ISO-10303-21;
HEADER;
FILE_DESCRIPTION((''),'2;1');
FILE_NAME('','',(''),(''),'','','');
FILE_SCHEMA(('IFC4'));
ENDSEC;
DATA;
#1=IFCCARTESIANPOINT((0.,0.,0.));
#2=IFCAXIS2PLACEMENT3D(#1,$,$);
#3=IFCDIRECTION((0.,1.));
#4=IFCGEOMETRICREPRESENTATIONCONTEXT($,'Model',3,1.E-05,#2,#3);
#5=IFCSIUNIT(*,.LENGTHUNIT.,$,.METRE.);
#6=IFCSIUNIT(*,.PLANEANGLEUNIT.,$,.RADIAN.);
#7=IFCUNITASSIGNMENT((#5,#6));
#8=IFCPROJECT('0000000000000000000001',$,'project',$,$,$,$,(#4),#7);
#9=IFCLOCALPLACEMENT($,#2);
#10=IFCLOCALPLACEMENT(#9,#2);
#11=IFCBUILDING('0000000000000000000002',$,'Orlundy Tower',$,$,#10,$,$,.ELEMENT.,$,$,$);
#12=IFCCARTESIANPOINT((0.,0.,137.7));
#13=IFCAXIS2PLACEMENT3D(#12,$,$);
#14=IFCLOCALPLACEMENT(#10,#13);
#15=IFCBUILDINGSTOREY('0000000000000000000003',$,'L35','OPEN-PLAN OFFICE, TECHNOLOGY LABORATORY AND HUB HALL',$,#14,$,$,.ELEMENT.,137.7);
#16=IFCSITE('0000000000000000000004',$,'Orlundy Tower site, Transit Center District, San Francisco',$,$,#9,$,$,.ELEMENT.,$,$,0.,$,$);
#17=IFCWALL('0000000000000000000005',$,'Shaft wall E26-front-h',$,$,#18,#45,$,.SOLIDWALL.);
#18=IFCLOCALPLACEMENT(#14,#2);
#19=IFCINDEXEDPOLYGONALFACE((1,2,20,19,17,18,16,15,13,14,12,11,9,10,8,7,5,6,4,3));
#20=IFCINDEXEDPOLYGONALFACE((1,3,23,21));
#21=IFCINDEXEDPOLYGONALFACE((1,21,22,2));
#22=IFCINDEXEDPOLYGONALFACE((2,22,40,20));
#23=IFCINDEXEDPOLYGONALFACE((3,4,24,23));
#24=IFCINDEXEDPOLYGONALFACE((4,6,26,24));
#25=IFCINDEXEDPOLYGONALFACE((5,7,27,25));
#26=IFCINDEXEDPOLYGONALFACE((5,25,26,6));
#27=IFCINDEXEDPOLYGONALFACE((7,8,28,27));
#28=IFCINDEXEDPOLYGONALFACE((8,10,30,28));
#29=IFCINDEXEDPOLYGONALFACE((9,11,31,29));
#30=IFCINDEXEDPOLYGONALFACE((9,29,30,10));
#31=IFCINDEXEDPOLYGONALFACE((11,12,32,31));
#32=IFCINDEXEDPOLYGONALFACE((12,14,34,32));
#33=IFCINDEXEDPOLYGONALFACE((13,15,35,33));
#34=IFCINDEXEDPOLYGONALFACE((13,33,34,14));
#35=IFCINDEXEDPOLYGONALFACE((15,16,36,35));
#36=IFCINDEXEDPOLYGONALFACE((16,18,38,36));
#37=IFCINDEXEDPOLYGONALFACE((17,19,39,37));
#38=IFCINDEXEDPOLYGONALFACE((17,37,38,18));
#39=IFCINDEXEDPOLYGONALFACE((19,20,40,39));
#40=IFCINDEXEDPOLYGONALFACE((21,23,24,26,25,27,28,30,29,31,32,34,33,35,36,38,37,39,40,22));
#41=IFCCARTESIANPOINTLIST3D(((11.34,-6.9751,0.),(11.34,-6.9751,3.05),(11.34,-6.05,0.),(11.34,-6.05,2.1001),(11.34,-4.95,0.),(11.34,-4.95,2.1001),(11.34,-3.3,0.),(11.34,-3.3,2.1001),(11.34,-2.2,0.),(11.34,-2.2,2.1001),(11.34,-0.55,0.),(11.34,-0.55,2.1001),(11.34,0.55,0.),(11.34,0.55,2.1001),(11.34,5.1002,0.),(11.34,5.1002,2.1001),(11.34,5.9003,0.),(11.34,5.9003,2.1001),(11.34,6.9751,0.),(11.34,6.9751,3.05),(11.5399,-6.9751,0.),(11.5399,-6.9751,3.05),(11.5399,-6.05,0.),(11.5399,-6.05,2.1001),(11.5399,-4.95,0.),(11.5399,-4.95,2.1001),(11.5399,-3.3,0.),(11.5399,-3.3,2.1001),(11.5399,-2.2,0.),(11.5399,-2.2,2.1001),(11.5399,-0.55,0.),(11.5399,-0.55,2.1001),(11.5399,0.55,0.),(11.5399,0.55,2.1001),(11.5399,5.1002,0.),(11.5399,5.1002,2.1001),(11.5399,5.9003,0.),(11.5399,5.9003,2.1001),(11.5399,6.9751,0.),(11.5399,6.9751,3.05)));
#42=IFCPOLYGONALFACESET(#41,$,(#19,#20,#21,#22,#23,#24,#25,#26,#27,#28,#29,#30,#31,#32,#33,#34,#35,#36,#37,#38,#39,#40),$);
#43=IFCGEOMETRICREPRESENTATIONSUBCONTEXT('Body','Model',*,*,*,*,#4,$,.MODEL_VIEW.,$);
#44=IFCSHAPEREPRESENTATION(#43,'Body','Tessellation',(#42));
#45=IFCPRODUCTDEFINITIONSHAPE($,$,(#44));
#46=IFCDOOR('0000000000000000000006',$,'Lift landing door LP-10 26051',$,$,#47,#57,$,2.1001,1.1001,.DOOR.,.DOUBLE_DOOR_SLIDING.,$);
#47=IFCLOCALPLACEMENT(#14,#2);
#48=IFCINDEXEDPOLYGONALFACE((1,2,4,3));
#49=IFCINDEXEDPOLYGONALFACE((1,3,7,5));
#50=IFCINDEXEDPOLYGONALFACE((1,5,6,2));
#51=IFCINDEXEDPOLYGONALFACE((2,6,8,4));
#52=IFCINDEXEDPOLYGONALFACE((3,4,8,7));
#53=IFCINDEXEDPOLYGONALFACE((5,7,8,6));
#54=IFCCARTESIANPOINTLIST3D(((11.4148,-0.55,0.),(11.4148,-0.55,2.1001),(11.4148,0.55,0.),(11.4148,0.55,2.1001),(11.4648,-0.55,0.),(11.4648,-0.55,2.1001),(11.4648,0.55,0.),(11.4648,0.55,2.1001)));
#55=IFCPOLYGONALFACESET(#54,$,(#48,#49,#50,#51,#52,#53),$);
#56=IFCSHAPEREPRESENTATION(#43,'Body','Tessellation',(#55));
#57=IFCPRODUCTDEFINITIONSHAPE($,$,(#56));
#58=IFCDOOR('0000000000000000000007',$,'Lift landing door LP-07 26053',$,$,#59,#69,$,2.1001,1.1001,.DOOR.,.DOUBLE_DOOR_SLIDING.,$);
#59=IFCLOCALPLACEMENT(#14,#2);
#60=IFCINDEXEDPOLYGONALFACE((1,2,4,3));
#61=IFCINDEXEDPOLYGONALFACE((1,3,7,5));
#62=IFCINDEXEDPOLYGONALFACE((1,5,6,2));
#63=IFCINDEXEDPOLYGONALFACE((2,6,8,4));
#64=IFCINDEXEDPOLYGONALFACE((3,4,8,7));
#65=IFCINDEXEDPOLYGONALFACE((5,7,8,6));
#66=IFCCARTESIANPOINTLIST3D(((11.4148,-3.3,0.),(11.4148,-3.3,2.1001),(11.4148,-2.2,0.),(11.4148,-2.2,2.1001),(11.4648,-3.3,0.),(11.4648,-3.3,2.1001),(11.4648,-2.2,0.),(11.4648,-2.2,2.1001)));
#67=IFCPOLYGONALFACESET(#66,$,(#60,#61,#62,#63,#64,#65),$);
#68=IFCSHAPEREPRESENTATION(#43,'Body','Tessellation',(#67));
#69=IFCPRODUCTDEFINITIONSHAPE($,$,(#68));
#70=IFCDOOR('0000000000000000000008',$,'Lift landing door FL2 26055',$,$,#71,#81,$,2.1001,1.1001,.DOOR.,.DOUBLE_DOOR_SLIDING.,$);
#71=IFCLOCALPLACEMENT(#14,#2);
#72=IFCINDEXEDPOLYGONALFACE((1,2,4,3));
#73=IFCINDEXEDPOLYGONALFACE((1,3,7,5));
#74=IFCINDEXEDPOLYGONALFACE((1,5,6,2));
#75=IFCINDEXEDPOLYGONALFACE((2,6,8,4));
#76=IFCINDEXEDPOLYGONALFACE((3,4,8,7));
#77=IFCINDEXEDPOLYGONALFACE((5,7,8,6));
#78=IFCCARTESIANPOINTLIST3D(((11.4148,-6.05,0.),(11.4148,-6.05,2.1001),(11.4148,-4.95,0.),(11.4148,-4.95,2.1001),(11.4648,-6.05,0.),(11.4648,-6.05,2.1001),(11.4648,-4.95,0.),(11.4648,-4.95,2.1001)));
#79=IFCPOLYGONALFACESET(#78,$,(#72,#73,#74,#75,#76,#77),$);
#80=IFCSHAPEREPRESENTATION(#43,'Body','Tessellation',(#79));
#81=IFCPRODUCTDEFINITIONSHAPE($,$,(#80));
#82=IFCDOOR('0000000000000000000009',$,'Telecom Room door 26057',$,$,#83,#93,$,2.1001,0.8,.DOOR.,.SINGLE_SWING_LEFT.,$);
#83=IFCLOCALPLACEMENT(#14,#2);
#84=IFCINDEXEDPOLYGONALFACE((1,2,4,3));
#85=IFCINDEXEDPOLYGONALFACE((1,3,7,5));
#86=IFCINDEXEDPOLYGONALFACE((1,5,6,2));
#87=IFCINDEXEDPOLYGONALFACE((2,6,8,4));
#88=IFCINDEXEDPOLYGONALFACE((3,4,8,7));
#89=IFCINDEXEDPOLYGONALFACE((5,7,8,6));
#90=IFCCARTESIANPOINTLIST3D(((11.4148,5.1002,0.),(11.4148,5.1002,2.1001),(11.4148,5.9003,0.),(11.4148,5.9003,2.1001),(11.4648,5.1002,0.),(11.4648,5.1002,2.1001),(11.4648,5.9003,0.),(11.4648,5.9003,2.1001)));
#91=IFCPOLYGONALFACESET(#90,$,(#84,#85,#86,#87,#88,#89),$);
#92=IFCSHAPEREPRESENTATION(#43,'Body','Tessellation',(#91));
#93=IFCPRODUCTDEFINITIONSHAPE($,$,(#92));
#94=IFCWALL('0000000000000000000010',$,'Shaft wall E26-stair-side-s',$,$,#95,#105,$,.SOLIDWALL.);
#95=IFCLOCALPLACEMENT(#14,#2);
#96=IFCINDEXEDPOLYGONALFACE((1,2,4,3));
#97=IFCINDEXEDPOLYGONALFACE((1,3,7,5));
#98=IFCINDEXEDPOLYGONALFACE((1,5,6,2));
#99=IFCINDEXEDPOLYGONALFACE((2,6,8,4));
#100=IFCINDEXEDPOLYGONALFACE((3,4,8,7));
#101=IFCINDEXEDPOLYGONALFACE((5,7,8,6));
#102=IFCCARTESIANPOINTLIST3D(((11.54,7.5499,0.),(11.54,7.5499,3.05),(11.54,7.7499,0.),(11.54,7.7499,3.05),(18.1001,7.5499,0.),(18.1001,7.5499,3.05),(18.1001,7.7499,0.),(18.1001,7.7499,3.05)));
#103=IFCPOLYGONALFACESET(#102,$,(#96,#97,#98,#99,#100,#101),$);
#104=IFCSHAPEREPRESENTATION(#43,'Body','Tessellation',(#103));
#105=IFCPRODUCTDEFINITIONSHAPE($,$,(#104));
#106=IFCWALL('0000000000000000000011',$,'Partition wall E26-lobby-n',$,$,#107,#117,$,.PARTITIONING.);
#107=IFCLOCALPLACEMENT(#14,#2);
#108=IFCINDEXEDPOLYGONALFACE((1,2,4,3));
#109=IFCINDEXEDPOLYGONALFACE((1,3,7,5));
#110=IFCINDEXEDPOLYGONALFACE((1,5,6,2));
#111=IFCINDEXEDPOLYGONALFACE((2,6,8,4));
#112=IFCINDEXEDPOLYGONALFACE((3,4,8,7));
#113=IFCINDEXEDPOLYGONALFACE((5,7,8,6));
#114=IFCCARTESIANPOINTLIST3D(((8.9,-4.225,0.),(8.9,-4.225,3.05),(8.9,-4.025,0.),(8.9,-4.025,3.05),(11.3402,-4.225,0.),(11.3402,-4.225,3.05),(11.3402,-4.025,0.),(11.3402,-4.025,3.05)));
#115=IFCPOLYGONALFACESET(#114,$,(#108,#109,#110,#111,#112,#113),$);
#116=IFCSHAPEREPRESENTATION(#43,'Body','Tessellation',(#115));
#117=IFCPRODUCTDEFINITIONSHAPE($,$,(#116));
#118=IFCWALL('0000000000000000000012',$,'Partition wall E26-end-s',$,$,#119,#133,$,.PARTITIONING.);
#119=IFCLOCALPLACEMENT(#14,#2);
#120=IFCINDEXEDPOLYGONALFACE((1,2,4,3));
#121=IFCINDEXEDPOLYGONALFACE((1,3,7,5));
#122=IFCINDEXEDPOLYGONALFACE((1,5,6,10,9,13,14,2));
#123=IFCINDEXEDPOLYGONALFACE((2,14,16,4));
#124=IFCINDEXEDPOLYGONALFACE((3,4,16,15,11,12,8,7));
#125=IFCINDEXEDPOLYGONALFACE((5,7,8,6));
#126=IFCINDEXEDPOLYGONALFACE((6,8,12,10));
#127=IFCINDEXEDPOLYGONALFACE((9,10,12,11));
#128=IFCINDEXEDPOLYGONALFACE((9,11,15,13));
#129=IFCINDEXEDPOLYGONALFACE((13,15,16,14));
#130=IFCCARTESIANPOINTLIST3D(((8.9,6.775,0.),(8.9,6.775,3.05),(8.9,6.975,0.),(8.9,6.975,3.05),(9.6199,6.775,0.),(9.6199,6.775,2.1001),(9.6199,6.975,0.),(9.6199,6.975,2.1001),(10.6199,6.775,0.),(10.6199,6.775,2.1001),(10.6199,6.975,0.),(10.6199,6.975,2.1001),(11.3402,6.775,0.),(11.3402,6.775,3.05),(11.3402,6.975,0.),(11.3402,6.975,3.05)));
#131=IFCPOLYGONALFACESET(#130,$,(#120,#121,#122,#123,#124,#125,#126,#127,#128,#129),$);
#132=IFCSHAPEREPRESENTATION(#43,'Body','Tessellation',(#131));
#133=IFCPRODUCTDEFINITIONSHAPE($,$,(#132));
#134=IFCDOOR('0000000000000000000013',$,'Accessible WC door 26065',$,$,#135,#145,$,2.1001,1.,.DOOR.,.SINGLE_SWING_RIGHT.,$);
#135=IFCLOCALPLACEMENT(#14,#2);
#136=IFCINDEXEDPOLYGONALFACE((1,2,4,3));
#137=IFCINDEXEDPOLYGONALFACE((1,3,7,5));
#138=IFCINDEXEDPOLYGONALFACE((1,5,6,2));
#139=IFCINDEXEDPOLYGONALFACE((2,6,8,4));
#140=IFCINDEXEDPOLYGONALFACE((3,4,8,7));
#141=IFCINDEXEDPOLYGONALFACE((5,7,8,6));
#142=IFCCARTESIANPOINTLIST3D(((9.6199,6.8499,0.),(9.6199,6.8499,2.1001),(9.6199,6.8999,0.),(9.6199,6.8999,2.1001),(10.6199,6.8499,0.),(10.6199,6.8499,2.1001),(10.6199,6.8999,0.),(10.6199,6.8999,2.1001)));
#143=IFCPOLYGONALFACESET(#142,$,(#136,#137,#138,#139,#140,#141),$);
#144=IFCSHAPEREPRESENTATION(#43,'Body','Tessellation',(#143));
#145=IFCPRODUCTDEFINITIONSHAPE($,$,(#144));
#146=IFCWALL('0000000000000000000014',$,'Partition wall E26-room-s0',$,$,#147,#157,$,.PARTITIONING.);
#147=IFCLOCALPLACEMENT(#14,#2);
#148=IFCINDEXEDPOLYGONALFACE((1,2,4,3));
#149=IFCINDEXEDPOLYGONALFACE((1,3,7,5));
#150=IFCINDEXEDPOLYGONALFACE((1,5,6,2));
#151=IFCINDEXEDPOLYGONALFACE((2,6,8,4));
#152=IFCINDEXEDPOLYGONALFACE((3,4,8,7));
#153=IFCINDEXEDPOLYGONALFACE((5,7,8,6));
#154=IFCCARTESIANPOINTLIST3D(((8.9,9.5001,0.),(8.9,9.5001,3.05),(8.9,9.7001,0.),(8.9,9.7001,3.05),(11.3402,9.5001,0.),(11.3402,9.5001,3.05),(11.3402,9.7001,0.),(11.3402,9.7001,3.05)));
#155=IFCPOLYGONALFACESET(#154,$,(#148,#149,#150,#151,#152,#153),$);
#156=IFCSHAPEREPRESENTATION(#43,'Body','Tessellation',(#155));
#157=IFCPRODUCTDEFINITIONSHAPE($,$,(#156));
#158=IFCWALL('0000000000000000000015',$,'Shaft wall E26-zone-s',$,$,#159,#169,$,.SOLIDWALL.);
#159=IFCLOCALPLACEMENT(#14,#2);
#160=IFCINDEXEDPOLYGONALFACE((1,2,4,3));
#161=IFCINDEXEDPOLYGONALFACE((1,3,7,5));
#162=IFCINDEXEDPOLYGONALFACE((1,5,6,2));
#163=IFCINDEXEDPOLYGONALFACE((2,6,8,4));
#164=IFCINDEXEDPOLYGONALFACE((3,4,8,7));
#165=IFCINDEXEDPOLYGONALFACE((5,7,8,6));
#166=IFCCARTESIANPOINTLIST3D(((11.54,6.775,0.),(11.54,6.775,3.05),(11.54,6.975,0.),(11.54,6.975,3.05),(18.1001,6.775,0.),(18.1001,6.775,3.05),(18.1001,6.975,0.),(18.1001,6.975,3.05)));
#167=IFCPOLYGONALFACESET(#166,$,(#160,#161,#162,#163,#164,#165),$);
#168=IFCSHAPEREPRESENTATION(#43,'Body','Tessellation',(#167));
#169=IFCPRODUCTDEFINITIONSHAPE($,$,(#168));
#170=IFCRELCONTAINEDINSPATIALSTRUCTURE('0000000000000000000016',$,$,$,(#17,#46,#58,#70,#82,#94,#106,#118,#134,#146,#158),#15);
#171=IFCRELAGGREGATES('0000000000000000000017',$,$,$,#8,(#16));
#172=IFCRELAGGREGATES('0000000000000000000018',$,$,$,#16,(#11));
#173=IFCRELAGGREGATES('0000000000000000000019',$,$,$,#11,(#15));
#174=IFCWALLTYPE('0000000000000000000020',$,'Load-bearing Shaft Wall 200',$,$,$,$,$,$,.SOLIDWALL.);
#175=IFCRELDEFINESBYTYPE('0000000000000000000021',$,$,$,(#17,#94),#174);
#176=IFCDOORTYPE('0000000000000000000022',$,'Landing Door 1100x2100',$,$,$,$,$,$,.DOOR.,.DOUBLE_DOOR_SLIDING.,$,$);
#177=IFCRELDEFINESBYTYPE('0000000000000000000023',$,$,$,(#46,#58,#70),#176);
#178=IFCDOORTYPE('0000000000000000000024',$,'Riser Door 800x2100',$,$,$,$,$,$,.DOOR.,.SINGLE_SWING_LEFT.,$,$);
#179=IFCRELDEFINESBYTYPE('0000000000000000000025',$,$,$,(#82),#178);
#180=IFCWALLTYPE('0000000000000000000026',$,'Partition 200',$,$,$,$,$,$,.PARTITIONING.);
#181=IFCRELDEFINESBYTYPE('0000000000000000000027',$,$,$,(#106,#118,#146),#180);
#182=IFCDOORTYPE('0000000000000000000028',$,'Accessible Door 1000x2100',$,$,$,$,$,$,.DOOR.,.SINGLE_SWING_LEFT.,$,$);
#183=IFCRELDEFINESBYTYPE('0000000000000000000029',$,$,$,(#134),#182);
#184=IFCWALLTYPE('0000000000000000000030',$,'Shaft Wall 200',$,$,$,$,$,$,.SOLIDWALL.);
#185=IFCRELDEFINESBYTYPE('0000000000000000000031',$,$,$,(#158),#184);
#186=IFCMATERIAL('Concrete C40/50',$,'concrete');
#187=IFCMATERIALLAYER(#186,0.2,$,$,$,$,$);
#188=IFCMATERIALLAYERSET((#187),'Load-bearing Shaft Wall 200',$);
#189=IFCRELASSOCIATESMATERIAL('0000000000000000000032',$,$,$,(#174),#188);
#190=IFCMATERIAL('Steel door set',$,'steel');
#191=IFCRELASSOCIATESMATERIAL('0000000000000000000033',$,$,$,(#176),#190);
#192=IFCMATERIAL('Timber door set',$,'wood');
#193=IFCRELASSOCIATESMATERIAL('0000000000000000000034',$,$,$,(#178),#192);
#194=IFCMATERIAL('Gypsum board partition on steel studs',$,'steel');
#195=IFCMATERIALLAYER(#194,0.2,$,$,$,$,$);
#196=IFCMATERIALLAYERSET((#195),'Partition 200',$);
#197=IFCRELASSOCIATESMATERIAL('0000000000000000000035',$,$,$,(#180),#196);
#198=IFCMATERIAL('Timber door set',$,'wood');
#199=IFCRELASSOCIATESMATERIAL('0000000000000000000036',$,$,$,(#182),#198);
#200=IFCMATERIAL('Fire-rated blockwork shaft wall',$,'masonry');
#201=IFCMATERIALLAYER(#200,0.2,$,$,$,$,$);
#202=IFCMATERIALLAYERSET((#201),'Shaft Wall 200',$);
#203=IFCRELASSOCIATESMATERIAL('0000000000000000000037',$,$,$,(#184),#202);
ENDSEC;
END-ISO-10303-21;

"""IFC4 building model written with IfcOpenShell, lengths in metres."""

from ifc_helpers import new_model, si_unit, direction, frame, frame_2d, origin, place, context, subcontext, project, spatial, rectangle, extrude, material, layer, layer_set, type_object, element, fill, save


model = new_model("IFC4")

# Units and contexts
model_context = context("Model", 3, precision=1e-05, world=origin(), true_north=direction((0.0, 1.0)))
body_context = subcontext(model_context, "Body", "Model", "MODEL_VIEW")
ifc_project = project(units=[si_unit("LENGTHUNIT", "METRE"), si_unit("PLANEANGLEUNIT", "RADIAN")], contexts=[model_context])

# Site, building, storey
site_placement = place(None, origin())
site = spatial("IfcSite", under=ifc_project, at=site_placement, Name="Orlundy Tower site, Transit Center District, San Francisco", CompositionType="ELEMENT", RefElevation=0.0)
building_placement = place(site_placement, origin())
building = spatial("IfcBuilding", under=site, at=building_placement, Name="Orlundy Tower", CompositionType="ELEMENT")
storey_placement = place(building_placement, frame((0.0, 0.0, 137.7)))
storey = spatial("IfcBuildingStorey", under=building, at=storey_placement, Name="L35", Description="OPEN-PLAN OFFICE, TECHNOLOGY LABORATORY AND HUB HALL", CompositionType="ELEMENT", Elevation=137.7)

# Shared definitions
ifc_material_1 = material(Name="Concrete C40/50", Category="concrete")
ifc_layer_1 = layer(ifc_material_1, 0.2)
ifc_layer_set_1 = layer_set([ifc_layer_1], Name="Load-bearing Shaft Wall 200")
wall_type_1 = type_object("IfcWallType", Name="Load-bearing Shaft Wall 200", PredefinedType="SOLIDWALL", material=ifc_layer_set_1)

# Wall, openings, doors
wall_1_placement = place(storey_placement, frame((11.4399, 6.9751, 0.0), z_axis=(0.0, 0.0, 1.0), x_axis=(0.0, -1.0, 0.0)))
wall_1 = element("IfcWall", 1, at=wall_1_placement, inside=storey, type_object=wall_type_1, Name="Shaft wall E26-front-h", PredefinedType="SOLIDWALL", context=body_context, shape_type="SweptSolid", body=[
    extrude(rectangle(XDim=13.9502, YDim=0.2, at=frame_2d((6.9751, 0.0))), origin(), (0.0, 0.0, 1.0), 3.05),
])
opening_1_placement = place(wall_1_placement, frame((6.425, 0.0, 0.0)))
opening_1 = element("IfcOpeningElement", 2, at=opening_1_placement, cuts=wall_1, PredefinedType="OPENING", context=body_context, shape_type="SweptSolid", body=[
    extrude(rectangle(XDim=1.1001, YDim=2.1001, at=frame_2d((0.55, 1.05))), frame((0.0, 0.1101, 0.0), z_axis=(0.0, -1.0, 0.0), x_axis=(1.0, 0.0, 0.0)), (0.0, 0.0, 1.0), 0.2202),
])
opening_2_placement = place(wall_1_placement, frame((9.175, 0.0, 0.0)))
opening_2 = element("IfcOpeningElement", 3, at=opening_2_placement, cuts=wall_1, PredefinedType="OPENING", context=body_context, shape_type="SweptSolid", body=[
    extrude(rectangle(XDim=1.1001, YDim=2.1001, at=frame_2d((0.55, 1.05))), frame((0.0, 0.1101, 0.0), z_axis=(0.0, -1.0, 0.0), x_axis=(1.0, 0.0, 0.0)), (0.0, 0.0, 1.0), 0.2202),
])
opening_3_placement = place(wall_1_placement, frame((11.925, 0.0, 0.0)))
opening_3 = element("IfcOpeningElement", 4, at=opening_3_placement, cuts=wall_1, PredefinedType="OPENING", context=body_context, shape_type="SweptSolid", body=[
    extrude(rectangle(XDim=1.1001, YDim=2.1001, at=frame_2d((0.55, 1.05))), frame((0.0, 0.1101, 0.0), z_axis=(0.0, -1.0, 0.0), x_axis=(1.0, 0.0, 0.0)), (0.0, 0.0, 1.0), 0.2202),
])
opening_4_placement = place(wall_1_placement, frame((1.075, 0.0, 0.0)))
opening_4 = element("IfcOpeningElement", 5, at=opening_4_placement, cuts=wall_1, PredefinedType="OPENING", context=body_context, shape_type="SweptSolid", body=[
    extrude(rectangle(XDim=0.8, YDim=2.1001, at=frame_2d((0.3999, 1.05))), frame((0.0, 0.1101, 0.0), z_axis=(0.0, -1.0, 0.0), x_axis=(1.0, 0.0, 0.0)), (0.0, 0.0, 1.0), 0.2202),
])
ifc_material_2 = material(Name="Steel door set", Category="steel")
door_type_1 = type_object("IfcDoorType", Name="Landing Door 1100x2100", OperationType="DOUBLE_DOOR_SLIDING", PredefinedType="DOOR", material=ifc_material_2)
door_1_placement = place(opening_1_placement, origin())
door_1 = element("IfcDoor", 6, at=door_1_placement, inside=storey, type_object=door_type_1, Name="Lift landing door LP-10 26051", OperationType="DOUBLE_DOOR_SLIDING", OverallHeight=2.1001, OverallWidth=1.1001, PredefinedType="DOOR", context=body_context, shape_type="SweptSolid", body=[
    extrude(rectangle(XDim=1.1001, YDim=2.1001, at=frame_2d((0.55, 1.05))), frame((0.0, 0.0249, 0.0), z_axis=(0.0, -1.0, 0.0), x_axis=(1.0, 0.0, 0.0)), (0.0, 0.0, 1.0), 0.05),
])
fill(opening_1, door_1)
door_2_placement = place(opening_2_placement, origin())
door_2 = element("IfcDoor", 7, at=door_2_placement, inside=storey, type_object=door_type_1, Name="Lift landing door LP-07 26053", OperationType="DOUBLE_DOOR_SLIDING", OverallHeight=2.1001, OverallWidth=1.1001, PredefinedType="DOOR", context=body_context, shape_type="SweptSolid", body=[
    extrude(rectangle(XDim=1.1001, YDim=2.1001, at=frame_2d((0.55, 1.05))), frame((0.0, 0.0249, 0.0), z_axis=(0.0, -1.0, 0.0), x_axis=(1.0, 0.0, 0.0)), (0.0, 0.0, 1.0), 0.05),
])
fill(opening_2, door_2)
door_3_placement = place(opening_3_placement, origin())
door_3 = element("IfcDoor", 8, at=door_3_placement, inside=storey, type_object=door_type_1, Name="Lift landing door FL2 26055", OperationType="DOUBLE_DOOR_SLIDING", OverallHeight=2.1001, OverallWidth=1.1001, PredefinedType="DOOR", context=body_context, shape_type="SweptSolid", body=[
    extrude(rectangle(XDim=1.1001, YDim=2.1001, at=frame_2d((0.55, 1.05))), frame((0.0, 0.0249, 0.0), z_axis=(0.0, -1.0, 0.0), x_axis=(1.0, 0.0, 0.0)), (0.0, 0.0, 1.0), 0.05),
])
fill(opening_3, door_3)
ifc_material_3 = material(Name="Timber door set", Category="wood")
door_type_2 = type_object("IfcDoorType", Name="Riser Door 800x2100", OperationType="SINGLE_SWING_LEFT", PredefinedType="DOOR", material=ifc_material_3)
door_4_placement = place(opening_4_placement, origin())
door_4 = element("IfcDoor", 9, at=door_4_placement, inside=storey, type_object=door_type_2, Name="Telecom Room door 26057", OperationType="SINGLE_SWING_LEFT", OverallHeight=2.1001, OverallWidth=0.8, PredefinedType="DOOR", context=body_context, shape_type="SweptSolid", body=[
    extrude(rectangle(XDim=0.8, YDim=2.1001, at=frame_2d((0.3999, 1.05))), frame((0.0, 0.0249, 0.0), z_axis=(0.0, -1.0, 0.0), x_axis=(1.0, 0.0, 0.0)), (0.0, 0.0, 1.0), 0.05),
])
fill(opening_4, door_4)

# Walls
wall_2_placement = place(storey_placement, frame((11.54, 7.6499, 0.0), z_axis=(0.0, 0.0, 1.0), x_axis=(1.0, 0.0, 0.0)))
element("IfcWall", 10, at=wall_2_placement, inside=storey, type_object=wall_type_1, Name="Shaft wall E26-stair-side-s", PredefinedType="SOLIDWALL", context=body_context, shape_type="SweptSolid", body=[
    extrude(rectangle(XDim=6.5601, YDim=0.2, at=frame_2d((3.28, 0.0))), origin(), (0.0, 0.0, 1.0), 3.05),
])
ifc_material_4 = material(Name="Gypsum board partition on steel studs", Category="steel")
ifc_layer_2 = layer(ifc_material_4, 0.2)
ifc_layer_set_2 = layer_set([ifc_layer_2], Name="Partition 200")
wall_type_2 = type_object("IfcWallType", Name="Partition 200", PredefinedType="PARTITIONING", material=ifc_layer_set_2)
wall_3_placement = place(storey_placement, frame((8.8999, -4.125, 0.0), z_axis=(0.0, 0.0, 1.0), x_axis=(1.0, 0.0, 0.0)))
element("IfcWall", 11, at=wall_3_placement, inside=storey, type_object=wall_type_2, Name="Partition wall E26-lobby-n", PredefinedType="PARTITIONING", context=body_context, shape_type="SweptSolid", body=[
    extrude(rectangle(XDim=2.4402, YDim=0.2, at=frame_2d((1.2202, 0.0))), origin(), (0.0, 0.0, 1.0), 3.05),
])

# Wall, opening, door
wall_4_placement = place(storey_placement, frame((8.8999, 6.875, 0.0), z_axis=(0.0, 0.0, 1.0), x_axis=(1.0, 0.0, 0.0)))
wall_4 = element("IfcWall", 12, at=wall_4_placement, inside=storey, type_object=wall_type_2, Name="Partition wall E26-end-s", PredefinedType="PARTITIONING", context=body_context, shape_type="SweptSolid", body=[
    extrude(rectangle(XDim=2.4402, YDim=0.2, at=frame_2d((1.2202, 0.0))), origin(), (0.0, 0.0, 1.0), 3.05),
])
opening_5_placement = place(wall_4_placement, frame((0.72, 0.0, 0.0)))
opening_5 = element("IfcOpeningElement", 13, at=opening_5_placement, cuts=wall_4, PredefinedType="OPENING", context=body_context, shape_type="SweptSolid", body=[
    extrude(rectangle(XDim=1.0, YDim=2.1001, at=frame_2d((0.5, 1.05))), frame((0.0, 0.1101, 0.0), z_axis=(0.0, -1.0, 0.0), x_axis=(1.0, 0.0, 0.0)), (0.0, 0.0, 1.0), 0.2202),
])
ifc_material_5 = material(Name="Timber door set", Category="wood")
door_type_3 = type_object("IfcDoorType", Name="Accessible Door 1000x2100", OperationType="SINGLE_SWING_LEFT", PredefinedType="DOOR", material=ifc_material_5)
door_5_placement = place(opening_5_placement, origin())
door_5 = element("IfcDoor", 14, at=door_5_placement, inside=storey, type_object=door_type_3, Name="Accessible WC door 26065", OperationType="SINGLE_SWING_RIGHT", OverallHeight=2.1001, OverallWidth=1.0, PredefinedType="DOOR", context=body_context, shape_type="SweptSolid", body=[
    extrude(rectangle(XDim=1.0, YDim=2.1001, at=frame_2d((0.5, 1.05))), frame((0.0, 0.0249, 0.0), z_axis=(0.0, -1.0, 0.0), x_axis=(1.0, 0.0, 0.0)), (0.0, 0.0, 1.0), 0.05),
])
fill(opening_5, door_5)

# Walls
wall_5_placement = place(storey_placement, frame((8.8999, 9.6001, 0.0), z_axis=(0.0, 0.0, 1.0), x_axis=(1.0, 0.0, 0.0)))
element("IfcWall", 15, at=wall_5_placement, inside=storey, type_object=wall_type_2, Name="Partition wall E26-room-s0", PredefinedType="PARTITIONING", context=body_context, shape_type="SweptSolid", body=[
    extrude(rectangle(XDim=2.4402, YDim=0.2, at=frame_2d((1.2202, 0.0))), origin(), (0.0, 0.0, 1.0), 3.05),
])
ifc_material_6 = material(Name="Fire-rated blockwork shaft wall", Category="masonry")
ifc_layer_3 = layer(ifc_material_6, 0.2)
ifc_layer_set_3 = layer_set([ifc_layer_3], Name="Shaft Wall 200")
wall_type_3 = type_object("IfcWallType", Name="Shaft Wall 200", PredefinedType="SOLIDWALL", material=ifc_layer_set_3)
wall_6_placement = place(storey_placement, frame((11.54, 6.875, 0.0), z_axis=(0.0, 0.0, 1.0), x_axis=(1.0, 0.0, 0.0)))
element("IfcWall", 16, at=wall_6_placement, inside=storey, type_object=wall_type_3, Name="Shaft wall E26-zone-s", PredefinedType="SOLIDWALL", context=body_context, shape_type="SweptSolid", body=[
    extrude(rectangle(XDim=6.5601, YDim=0.2, at=frame_2d((3.28, 0.0))), origin(), (0.0, 0.0, 1.0), 3.05),
])

save(model, "model.ifc")
